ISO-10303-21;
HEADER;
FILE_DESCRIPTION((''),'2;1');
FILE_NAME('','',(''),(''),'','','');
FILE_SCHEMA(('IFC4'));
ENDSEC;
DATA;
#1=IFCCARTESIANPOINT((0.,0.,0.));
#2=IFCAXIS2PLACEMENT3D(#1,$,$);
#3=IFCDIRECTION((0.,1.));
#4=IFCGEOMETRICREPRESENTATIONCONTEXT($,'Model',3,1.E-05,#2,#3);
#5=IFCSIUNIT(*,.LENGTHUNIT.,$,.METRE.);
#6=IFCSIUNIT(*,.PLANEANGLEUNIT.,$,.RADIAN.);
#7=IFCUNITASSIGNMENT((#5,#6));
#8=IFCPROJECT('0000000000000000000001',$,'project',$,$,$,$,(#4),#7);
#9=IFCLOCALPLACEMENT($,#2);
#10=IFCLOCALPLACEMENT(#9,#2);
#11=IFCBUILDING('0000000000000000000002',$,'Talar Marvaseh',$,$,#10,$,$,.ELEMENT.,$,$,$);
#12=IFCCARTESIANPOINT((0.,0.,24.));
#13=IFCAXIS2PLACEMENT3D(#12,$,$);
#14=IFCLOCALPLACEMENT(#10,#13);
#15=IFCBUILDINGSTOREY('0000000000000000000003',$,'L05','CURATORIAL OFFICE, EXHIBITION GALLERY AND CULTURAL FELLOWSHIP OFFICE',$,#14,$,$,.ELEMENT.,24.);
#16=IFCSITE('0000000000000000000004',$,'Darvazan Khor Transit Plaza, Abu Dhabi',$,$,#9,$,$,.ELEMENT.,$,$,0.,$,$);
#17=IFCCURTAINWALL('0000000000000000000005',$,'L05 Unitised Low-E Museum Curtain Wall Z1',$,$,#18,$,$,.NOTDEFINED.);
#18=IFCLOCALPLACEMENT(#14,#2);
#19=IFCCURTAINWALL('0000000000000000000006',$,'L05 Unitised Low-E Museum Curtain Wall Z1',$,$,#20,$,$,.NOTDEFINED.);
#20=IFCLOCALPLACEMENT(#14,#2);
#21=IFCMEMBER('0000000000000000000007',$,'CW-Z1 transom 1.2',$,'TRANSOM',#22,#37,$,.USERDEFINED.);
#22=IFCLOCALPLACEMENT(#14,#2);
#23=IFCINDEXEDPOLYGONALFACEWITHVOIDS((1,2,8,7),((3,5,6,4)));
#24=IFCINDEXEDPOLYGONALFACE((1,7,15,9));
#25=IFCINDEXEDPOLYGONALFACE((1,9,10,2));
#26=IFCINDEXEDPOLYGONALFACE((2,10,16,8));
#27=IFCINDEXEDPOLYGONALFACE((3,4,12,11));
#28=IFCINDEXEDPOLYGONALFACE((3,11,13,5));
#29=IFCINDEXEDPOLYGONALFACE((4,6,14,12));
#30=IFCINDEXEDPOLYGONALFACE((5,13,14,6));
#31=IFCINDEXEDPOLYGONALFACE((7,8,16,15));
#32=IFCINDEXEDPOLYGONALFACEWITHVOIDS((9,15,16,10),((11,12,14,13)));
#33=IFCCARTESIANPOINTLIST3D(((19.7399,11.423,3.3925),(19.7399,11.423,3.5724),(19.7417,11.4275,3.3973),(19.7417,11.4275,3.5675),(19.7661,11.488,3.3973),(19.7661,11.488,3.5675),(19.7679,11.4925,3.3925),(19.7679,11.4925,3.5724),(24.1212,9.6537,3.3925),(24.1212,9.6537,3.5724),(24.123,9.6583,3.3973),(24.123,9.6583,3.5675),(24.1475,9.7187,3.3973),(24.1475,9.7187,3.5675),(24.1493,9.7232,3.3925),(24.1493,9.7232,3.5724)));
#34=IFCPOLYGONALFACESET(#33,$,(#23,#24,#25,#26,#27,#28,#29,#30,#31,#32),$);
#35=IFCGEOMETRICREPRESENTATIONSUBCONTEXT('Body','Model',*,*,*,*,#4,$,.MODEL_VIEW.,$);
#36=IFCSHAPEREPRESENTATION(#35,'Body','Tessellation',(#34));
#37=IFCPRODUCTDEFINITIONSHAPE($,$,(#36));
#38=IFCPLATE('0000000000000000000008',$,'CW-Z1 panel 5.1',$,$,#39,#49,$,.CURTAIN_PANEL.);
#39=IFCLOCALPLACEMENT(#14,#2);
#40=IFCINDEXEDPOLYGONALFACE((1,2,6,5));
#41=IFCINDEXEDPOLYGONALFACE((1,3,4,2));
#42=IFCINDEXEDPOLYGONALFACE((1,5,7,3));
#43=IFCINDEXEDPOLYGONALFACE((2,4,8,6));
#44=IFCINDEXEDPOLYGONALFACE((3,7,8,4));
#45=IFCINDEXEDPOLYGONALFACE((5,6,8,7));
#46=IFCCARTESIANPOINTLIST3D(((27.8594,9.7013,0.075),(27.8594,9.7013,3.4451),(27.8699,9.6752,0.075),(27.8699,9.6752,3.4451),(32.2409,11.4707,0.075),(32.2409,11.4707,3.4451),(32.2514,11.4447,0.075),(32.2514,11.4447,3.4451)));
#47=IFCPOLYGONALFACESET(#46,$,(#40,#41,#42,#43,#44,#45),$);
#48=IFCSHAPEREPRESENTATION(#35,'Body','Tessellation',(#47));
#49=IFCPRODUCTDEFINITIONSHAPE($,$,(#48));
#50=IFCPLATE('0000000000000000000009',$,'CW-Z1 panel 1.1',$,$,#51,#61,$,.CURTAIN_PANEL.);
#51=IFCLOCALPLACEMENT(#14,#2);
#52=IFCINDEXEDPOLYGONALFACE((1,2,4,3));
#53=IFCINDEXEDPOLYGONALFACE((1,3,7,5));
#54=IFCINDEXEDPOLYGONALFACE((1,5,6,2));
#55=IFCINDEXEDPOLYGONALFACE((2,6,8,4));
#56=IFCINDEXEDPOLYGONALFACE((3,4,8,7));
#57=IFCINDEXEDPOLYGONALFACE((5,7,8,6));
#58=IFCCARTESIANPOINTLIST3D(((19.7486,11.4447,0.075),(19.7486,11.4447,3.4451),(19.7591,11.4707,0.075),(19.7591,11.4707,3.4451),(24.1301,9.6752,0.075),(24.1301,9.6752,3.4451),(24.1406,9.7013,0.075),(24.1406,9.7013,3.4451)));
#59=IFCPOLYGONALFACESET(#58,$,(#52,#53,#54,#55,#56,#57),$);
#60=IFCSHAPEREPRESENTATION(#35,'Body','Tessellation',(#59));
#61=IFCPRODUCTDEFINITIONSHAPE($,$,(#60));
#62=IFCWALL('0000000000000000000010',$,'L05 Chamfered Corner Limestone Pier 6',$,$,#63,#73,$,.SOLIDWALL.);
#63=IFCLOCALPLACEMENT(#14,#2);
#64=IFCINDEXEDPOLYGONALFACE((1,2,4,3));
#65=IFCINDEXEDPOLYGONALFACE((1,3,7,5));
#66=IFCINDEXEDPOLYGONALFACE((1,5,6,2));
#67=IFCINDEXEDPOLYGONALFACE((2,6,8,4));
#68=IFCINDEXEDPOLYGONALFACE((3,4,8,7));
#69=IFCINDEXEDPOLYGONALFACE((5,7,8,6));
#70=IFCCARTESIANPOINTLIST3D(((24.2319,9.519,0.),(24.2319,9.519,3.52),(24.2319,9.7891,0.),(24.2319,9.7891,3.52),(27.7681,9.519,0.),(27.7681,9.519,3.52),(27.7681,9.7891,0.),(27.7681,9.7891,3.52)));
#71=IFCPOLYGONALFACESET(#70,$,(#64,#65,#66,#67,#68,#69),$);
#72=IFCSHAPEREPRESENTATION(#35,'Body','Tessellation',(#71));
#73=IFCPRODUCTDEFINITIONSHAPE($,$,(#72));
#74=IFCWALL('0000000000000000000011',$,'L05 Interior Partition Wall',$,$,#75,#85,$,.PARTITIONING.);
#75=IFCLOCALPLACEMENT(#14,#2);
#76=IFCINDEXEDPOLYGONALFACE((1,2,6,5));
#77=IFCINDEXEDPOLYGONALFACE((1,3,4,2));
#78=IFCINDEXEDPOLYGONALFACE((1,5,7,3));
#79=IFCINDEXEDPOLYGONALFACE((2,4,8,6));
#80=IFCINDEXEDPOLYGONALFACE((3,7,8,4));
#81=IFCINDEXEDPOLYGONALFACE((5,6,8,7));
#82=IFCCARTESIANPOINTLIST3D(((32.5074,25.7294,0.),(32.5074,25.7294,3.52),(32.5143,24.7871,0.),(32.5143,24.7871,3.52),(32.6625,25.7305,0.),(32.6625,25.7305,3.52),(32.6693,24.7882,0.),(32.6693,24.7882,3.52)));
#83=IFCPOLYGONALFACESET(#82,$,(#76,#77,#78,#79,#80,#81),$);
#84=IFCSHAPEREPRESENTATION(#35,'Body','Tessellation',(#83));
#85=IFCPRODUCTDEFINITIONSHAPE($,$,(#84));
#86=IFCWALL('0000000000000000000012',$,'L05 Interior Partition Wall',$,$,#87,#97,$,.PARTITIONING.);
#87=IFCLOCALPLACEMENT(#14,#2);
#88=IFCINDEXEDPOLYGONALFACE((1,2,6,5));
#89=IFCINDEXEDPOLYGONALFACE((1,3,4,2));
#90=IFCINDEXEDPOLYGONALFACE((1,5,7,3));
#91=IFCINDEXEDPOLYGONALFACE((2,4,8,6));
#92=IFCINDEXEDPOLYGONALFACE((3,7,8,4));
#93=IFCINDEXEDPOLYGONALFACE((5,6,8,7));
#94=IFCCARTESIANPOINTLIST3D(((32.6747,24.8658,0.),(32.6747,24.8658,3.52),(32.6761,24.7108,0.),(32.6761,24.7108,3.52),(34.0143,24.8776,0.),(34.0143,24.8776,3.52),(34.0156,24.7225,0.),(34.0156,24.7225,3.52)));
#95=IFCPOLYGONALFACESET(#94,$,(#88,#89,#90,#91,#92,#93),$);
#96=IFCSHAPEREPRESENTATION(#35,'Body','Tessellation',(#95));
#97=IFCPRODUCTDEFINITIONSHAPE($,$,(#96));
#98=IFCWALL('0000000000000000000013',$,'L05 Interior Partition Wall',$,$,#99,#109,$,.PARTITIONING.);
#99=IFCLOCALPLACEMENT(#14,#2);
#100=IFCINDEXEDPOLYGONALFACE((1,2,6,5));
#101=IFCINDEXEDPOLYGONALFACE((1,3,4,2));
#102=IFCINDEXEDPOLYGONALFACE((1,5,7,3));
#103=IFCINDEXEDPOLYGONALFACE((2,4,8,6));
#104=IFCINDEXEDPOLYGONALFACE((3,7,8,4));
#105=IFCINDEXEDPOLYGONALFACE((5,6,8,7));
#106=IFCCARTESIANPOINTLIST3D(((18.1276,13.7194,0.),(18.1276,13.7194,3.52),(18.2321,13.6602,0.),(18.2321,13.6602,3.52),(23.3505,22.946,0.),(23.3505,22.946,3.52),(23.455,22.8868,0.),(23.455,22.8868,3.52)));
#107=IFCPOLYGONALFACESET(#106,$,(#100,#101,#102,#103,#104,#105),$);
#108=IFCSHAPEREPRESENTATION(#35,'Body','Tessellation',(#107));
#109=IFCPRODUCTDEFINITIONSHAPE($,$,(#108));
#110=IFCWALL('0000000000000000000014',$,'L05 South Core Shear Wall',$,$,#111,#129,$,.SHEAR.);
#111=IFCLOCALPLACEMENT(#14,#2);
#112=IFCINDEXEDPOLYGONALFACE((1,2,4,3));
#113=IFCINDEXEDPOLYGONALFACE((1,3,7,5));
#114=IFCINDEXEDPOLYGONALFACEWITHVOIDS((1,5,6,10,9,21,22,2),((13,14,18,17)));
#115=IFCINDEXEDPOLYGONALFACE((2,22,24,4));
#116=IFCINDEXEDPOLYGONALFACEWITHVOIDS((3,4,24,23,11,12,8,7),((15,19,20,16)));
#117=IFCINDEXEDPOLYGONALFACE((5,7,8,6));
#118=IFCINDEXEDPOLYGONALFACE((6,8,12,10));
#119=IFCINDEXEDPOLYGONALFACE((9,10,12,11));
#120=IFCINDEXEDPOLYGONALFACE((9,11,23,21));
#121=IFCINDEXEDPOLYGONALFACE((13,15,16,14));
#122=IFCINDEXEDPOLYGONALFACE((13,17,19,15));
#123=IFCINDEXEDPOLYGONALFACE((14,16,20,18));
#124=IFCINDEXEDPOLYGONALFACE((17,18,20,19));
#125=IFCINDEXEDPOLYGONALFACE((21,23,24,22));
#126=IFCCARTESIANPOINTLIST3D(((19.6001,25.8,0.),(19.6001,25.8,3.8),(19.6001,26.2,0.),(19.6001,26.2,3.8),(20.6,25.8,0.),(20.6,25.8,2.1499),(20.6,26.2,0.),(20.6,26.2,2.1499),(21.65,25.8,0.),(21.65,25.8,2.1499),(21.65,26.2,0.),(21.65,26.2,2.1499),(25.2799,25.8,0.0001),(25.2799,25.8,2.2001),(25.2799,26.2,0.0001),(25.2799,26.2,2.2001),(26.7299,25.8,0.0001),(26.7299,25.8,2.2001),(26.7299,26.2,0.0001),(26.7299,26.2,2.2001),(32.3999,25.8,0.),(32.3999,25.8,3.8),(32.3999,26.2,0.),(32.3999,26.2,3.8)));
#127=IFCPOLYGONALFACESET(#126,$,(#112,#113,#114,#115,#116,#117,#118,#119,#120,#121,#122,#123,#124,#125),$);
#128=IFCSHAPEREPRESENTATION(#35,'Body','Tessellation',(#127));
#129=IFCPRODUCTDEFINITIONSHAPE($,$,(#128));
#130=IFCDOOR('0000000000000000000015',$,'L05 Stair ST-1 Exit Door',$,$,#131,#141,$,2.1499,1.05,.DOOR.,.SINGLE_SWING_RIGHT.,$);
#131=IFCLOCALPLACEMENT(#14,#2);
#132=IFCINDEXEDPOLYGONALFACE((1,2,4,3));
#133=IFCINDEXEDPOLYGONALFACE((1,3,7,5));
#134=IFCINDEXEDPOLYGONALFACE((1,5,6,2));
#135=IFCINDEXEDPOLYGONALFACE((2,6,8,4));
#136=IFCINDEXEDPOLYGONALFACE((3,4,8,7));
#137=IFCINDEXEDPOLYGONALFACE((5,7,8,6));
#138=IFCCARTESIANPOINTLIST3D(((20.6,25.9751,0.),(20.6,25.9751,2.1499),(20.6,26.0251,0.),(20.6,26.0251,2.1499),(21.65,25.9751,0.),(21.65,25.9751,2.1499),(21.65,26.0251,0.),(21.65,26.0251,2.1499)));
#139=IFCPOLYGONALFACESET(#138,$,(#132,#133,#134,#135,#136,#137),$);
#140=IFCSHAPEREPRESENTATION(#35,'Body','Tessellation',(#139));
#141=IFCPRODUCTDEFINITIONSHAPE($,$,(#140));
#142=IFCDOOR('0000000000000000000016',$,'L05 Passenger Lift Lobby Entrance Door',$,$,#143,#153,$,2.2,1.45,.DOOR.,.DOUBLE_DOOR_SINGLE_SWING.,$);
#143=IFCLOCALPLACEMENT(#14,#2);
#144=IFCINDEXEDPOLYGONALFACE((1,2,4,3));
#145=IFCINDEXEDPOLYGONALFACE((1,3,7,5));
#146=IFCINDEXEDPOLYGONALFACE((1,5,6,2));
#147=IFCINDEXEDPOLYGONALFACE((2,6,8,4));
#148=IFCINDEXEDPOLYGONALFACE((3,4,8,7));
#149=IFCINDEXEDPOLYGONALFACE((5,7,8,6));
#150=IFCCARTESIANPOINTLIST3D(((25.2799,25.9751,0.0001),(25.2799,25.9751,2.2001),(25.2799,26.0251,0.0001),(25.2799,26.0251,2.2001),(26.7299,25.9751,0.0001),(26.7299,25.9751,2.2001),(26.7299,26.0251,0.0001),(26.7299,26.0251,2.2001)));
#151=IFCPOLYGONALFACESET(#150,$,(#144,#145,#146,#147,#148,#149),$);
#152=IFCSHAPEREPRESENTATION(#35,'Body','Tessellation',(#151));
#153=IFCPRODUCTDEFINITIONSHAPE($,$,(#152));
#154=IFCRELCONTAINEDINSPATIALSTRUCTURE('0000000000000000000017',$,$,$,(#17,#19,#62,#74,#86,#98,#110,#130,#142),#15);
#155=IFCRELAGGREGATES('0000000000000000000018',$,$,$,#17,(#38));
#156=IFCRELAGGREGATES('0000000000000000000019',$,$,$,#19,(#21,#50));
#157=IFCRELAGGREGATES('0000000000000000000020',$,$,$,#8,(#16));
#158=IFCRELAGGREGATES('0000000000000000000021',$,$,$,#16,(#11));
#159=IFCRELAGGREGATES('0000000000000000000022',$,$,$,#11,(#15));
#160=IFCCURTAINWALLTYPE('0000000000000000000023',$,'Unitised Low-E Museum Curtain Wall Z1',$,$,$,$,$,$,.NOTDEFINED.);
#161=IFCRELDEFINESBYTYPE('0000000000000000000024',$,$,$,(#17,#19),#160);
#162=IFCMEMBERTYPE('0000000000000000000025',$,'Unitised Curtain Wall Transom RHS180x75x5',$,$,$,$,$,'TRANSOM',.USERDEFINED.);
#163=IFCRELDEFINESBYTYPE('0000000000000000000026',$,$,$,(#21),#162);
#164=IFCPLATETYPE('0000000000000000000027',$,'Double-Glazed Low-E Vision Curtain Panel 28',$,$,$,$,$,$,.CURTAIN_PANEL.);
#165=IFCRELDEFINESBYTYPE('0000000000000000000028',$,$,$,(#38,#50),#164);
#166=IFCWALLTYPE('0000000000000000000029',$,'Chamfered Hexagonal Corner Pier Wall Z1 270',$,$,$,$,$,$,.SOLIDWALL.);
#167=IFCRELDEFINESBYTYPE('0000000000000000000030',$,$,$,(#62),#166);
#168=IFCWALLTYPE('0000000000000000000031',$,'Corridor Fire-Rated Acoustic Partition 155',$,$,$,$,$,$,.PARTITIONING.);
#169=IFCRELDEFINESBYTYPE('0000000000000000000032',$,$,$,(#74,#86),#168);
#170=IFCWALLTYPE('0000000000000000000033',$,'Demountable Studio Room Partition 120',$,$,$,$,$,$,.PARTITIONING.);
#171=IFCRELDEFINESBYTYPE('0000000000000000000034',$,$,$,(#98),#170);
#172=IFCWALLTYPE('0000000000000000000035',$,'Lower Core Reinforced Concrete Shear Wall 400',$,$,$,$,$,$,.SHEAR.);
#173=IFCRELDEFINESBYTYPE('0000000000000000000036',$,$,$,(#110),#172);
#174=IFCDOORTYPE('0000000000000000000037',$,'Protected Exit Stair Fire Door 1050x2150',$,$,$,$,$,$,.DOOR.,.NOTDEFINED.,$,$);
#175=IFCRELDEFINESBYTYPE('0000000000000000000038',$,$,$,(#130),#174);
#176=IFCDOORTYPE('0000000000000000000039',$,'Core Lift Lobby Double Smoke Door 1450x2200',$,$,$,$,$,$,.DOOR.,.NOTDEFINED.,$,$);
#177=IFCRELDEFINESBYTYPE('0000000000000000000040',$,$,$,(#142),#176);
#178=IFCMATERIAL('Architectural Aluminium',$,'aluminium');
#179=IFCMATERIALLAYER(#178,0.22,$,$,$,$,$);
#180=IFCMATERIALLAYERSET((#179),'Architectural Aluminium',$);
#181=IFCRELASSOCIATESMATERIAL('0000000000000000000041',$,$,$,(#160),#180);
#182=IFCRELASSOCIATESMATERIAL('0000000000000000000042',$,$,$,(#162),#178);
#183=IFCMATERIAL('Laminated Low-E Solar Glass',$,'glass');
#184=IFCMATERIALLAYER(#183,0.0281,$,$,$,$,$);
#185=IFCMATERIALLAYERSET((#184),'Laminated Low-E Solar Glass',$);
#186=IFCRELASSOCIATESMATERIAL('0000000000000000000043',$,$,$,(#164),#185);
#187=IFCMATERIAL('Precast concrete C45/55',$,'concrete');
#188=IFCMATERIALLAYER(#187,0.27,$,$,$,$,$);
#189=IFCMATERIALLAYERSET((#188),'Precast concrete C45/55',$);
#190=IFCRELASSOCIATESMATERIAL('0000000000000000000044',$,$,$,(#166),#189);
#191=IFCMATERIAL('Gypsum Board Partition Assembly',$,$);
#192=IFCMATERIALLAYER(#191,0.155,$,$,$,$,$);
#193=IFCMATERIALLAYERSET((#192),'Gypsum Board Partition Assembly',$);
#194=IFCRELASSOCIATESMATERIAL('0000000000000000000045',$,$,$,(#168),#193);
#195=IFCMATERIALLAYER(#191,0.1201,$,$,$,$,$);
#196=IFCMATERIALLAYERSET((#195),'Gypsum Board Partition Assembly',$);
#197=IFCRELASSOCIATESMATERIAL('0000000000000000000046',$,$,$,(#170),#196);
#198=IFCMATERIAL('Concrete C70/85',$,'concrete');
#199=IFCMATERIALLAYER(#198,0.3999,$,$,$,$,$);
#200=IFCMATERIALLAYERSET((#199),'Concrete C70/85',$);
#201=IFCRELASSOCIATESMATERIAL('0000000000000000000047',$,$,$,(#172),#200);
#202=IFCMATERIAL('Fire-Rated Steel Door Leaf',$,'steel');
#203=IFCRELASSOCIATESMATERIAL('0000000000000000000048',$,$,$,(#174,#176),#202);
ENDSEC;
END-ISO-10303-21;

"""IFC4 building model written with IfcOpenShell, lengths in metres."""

from ifc_helpers import new_model, si_unit, direction, frame, frame_2d, origin, origin_2d, place, context, subcontext, project, spatial, rectangle, hollow_rectangle, extrude, source, transform, mapped, material, layer, layer_set, material_profile, profile_set, type_object, type_shapes, element, fill, aggregate, save


model = new_model("IFC4")

# Units and contexts
model_context = context("Model", 3, precision=1e-05, world=origin(), true_north=direction((0.0, 1.0)))
body_context = subcontext(model_context, "Body", "Model", "MODEL_VIEW")
ifc_project = project(units=[si_unit("LENGTHUNIT", "METRE"), si_unit("PLANEANGLEUNIT", "RADIAN")], contexts=[model_context])

# Site, building, storey
site_placement = place(None, origin())
site = spatial("IfcSite", under=ifc_project, at=site_placement, Name="Darvazan Khor Transit Plaza, Abu Dhabi", CompositionType="ELEMENT", RefElevation=0.0)
building_placement = place(site_placement, origin())
building = spatial("IfcBuilding", under=site, at=building_placement, Name="Talar Marvaseh", CompositionType="ELEMENT")
storey_placement = place(building_placement, frame((0.0, 0.0, 24.0)))
storey = spatial("IfcBuildingStorey", under=building, at=storey_placement, Name="L05", Description="CURATORIAL OFFICE, EXHIBITION GALLERY AND CULTURAL FELLOWSHIP OFFICE", CompositionType="ELEMENT", Elevation=24.0)

# Shared definitions
ifc_material_1 = material(Name="Concrete C70/85", Category="concrete")

# Curtain walls
ifc_material_2 = material(Name="Architectural Aluminium", Category="aluminium")
ifc_layer_1 = layer(ifc_material_2, 0.22)
ifc_layer_set_1 = layer_set([ifc_layer_1], Name="Architectural Aluminium")
curtain_wall_type = type_object("IfcCurtainWallType", Name="Unitised Low-E Museum Curtain Wall Z1", PredefinedType="NOTDEFINED", material=ifc_layer_set_1)
curtain_wall_1_placement = place(storey_placement, origin())
curtain_wall_1 = element("IfcCurtainWall", 1, at=curtain_wall_1_placement, inside=storey, type_object=curtain_wall_type, Name="L05 Unitised Low-E Museum Curtain Wall Z1", PredefinedType="NOTDEFINED")
curtain_wall_2_placement = place(storey_placement, origin())
curtain_wall_2 = element("IfcCurtainWall", 2, at=curtain_wall_2_placement, inside=storey, type_object=curtain_wall_type, Name="L05 Unitised Low-E Museum Curtain Wall Z1", PredefinedType="NOTDEFINED")
ifc_material_profile_1 = material_profile(ifc_material_2, hollow_rectangle(XDim=0.075, YDim=0.1799, WallThickness=0.0049, at=origin_2d()), Name="RHS180x75x5")
ifc_profile_set_1 = profile_set([ifc_material_profile_1], Name="Architectural Aluminium")
member_type_1 = type_object("IfcMemberType", Name="Unitised Curtain Wall Transom RHS180x75x5", ElementType="TRANSOM", PredefinedType="USERDEFINED", material=ifc_profile_set_1)

# Member
shared_shape_1 = source(origin(), body_context, "Body", "SweptSolid", [
    extrude(hollow_rectangle(XDim=0.075, YDim=0.1799, WallThickness=0.0049, at=origin_2d()), origin(), (0.0, 0.0, 1.0), 4.7251),
])
member_1_placement = place(storey_placement, frame((24.1353, 9.6885, 3.4824), z_axis=(-0.927249, 0.374444, 0.0), x_axis=(-0.374444, -0.927249, 0.0)))
member_1 = element("IfcMember", 3, at=member_1_placement, type_object=member_type_1, Name="CW-Z1 transom 1.2", ObjectType="TRANSOM", PredefinedType="USERDEFINED", context=body_context, shape_type="MappedRepresentation", body=[
    mapped(shared_shape_1, transform((0.0, 0.0, 0.0), x_axis=(1.0, 0.0, 0.0), y_axis=(0.0, 1.0, 0.0), z_axis=(0.0, 0.0, 1.0), scale=1.0)),
])

# Plates
ifc_material_3 = material(Name="Laminated Low-E Solar Glass", Category="glass")
ifc_layer_2 = layer(ifc_material_3, 0.0281)
ifc_layer_set_2 = layer_set([ifc_layer_2], Name="Laminated Low-E Solar Glass")
plate_type = type_object("IfcPlateType", Name="Double-Glazed Low-E Vision Curtain Panel 28", PredefinedType="CURTAIN_PANEL", material=ifc_layer_set_2)
shared_shape_2 = source(origin(), body_context, "Body", "SweptSolid", [
    extrude(rectangle(XDim=4.7253, YDim=0.0281, at=origin_2d()), origin(), (0.0, 0.0, 1.0), 3.3701),
])
type_shapes(plate_type, [shared_shape_2])
plate_1_placement = place(storey_placement, frame((30.0554, 10.573, 0.075), z_axis=(0.0, 0.0, 1.0), x_axis=(-0.927242, -0.374463, 0.0)))
plate_1 = element("IfcPlate", 4, at=plate_1_placement, type_object=plate_type, Name="CW-Z1 panel 5.1", PredefinedType="CURTAIN_PANEL", context=body_context, shape_type="MappedRepresentation", body=[
    mapped(shared_shape_2, transform((0.0, 0.0, 0.0), x_axis=(1.0, 0.0, 0.0), y_axis=(0.0, 1.0, 0.0), z_axis=(0.0, 0.0, 1.0), scale=1.0)),
])
aggregate(curtain_wall_1, [plate_1])
plate_2_placement = place(storey_placement, frame((21.9446, 10.573, 0.075), z_axis=(0.0, 0.0, 1.0), x_axis=(-0.927242, 0.374463, 0.0)))
plate_2 = element("IfcPlate", 5, at=plate_2_placement, type_object=plate_type, Name="CW-Z1 panel 1.1", PredefinedType="CURTAIN_PANEL", context=body_context, shape_type="MappedRepresentation", body=[
    mapped(shared_shape_2, transform((0.0, 0.0, 0.0), x_axis=(1.0, 0.0, 0.0), y_axis=(0.0, 1.0, 0.0), z_axis=(0.0, 0.0, 1.0), scale=1.0)),
])
aggregate(curtain_wall_2, [member_1, plate_2])

# Walls
ifc_material_4 = material(Name="Precast concrete C45/55", Category="concrete")
ifc_layer_3 = layer(ifc_material_4, 0.27)
ifc_layer_set_3 = layer_set([ifc_layer_3], Name="Precast concrete C45/55")
wall_type_1 = type_object("IfcWallType", Name="Chamfered Hexagonal Corner Pier Wall Z1 270", PredefinedType="SOLIDWALL", material=ifc_layer_set_3)
wall_1_placement = place(storey_placement, frame((27.7681, 9.6541, 0.0), z_axis=(0.0, 0.0, 1.0), x_axis=(-1.0, 0.0, 0.0)))
element("IfcWall", 6, at=wall_1_placement, inside=storey, type_object=wall_type_1, Name="L05 Chamfered Corner Limestone Pier 6", PredefinedType="SOLIDWALL", context=body_context, shape_type="SweptSolid", body=[
    extrude(rectangle(XDim=3.5361, YDim=0.27, at=frame_2d((1.7681, 0.0))), origin(), (0.0, 0.0, 1.0), 3.52),
])
ifc_material_5 = material(Name="Gypsum Board Partition Assembly")
ifc_layer_4 = layer(ifc_material_5, 0.155)
ifc_layer_set_4 = layer_set([ifc_layer_4], Name="Gypsum Board Partition Assembly")
wall_type_2 = type_object("IfcWallType", Name="Corridor Fire-Rated Acoustic Partition 155", PredefinedType="PARTITIONING", material=ifc_layer_set_4)
wall_2_placement = place(storey_placement, frame((32.585, 25.73, 0.0), z_axis=(0.0, 0.0, 1.0), x_axis=(0.007254, -0.999974, 0.0)))
element("IfcWall", 7, at=wall_2_placement, inside=storey, type_object=wall_type_2, Name="L05 Interior Partition Wall", PredefinedType="PARTITIONING", context=body_context, shape_type="SweptSolid", body=[
    extrude(rectangle(XDim=0.9424, YDim=0.155, at=frame_2d((0.4712, 0.0))), origin(), (0.0, 0.0, 1.0), 3.52),
])
wall_3_placement = place(storey_placement, frame((32.6753, 24.7883, 0.0), z_axis=(0.0, 0.0, 1.0), x_axis=(0.999962, 0.008748, 0.0)))
element("IfcWall", 8, at=wall_3_placement, inside=storey, type_object=wall_type_2, Name="L05 Interior Partition Wall", PredefinedType="PARTITIONING", context=body_context, shape_type="SweptSolid", body=[
    extrude(rectangle(XDim=1.3396, YDim=0.155, at=frame_2d((0.6699, 0.0))), origin(), (0.0, 0.0, 1.0), 3.52),
])
ifc_layer_5 = layer(ifc_material_5, 0.1201)
ifc_layer_set_5 = layer_set([ifc_layer_5], Name="Gypsum Board Partition Assembly")
wall_type_3 = type_object("IfcWallType", Name="Demountable Studio Room Partition 120", PredefinedType="PARTITIONING", material=ifc_layer_set_5)
wall_4_placement = place(storey_placement, frame((23.4028, 22.9165, 0.0), z_axis=(0.0, 0.0, 1.0), x_axis=(-0.492621, -0.870244, 0.0)))
element("IfcWall", 9, at=wall_4_placement, inside=storey, type_object=wall_type_3, Name="L05 Interior Partition Wall", PredefinedType="PARTITIONING", context=body_context, shape_type="SweptSolid", body=[
    extrude(rectangle(XDim=10.6023, YDim=0.1201, at=frame_2d((5.3013, 0.0))), origin(), (0.0, 0.0, 1.0), 3.52),
])

# Wall, openings, doors
ifc_layer_6 = layer(ifc_material_1, 0.3999)
ifc_layer_set_6 = layer_set([ifc_layer_6], Name="Concrete C70/85")
wall_type_4 = type_object("IfcWallType", Name="Lower Core Reinforced Concrete Shear Wall 400", PredefinedType="SHEAR", material=ifc_layer_set_6)
wall_5_placement = place(storey_placement, frame((32.3999, 26.0, 0.0), z_axis=(0.0, 0.0, 1.0), x_axis=(-1.0, 0.0, 0.0)))
wall_5 = element("IfcWall", 10, at=wall_5_placement, inside=storey, type_object=wall_type_4, Name="L05 South Core Shear Wall", PredefinedType="SHEAR", context=body_context, shape_type="SweptSolid", body=[
    extrude(rectangle(XDim=12.7998, YDim=0.3999, at=frame_2d((6.3999, 0.0))), origin(), (0.0, 0.0, 1.0), 3.8),
])
opening_1_placement = place(wall_5_placement, frame((10.75, 0.0, 0.0)))
opening_1 = element("IfcOpeningElement", 11, at=opening_1_placement, cuts=wall_5, PredefinedType="OPENING", context=body_context, shape_type="SweptSolid", body=[
    extrude(rectangle(XDim=1.05, YDim=2.1499, at=frame_2d((0.5249, 1.075))), frame((0.0, 0.21, 0.0), z_axis=(0.0, -1.0, 0.0), x_axis=(1.0, 0.0, 0.0)), (0.0, 0.0, 1.0), 0.4199),
])
opening_2_placement = place(wall_5_placement, frame((5.6699, 0.0, 0.0)))
opening_2 = element("IfcOpeningElement", 12, at=opening_2_placement, cuts=wall_5, PredefinedType="OPENING", context=body_context, shape_type="SweptSolid", body=[
    extrude(rectangle(XDim=1.45, YDim=2.2, at=frame_2d((0.7251, 1.1001))), frame((0.0, 0.21, 0.0), z_axis=(0.0, -1.0, 0.0), x_axis=(1.0, 0.0, 0.0)), (0.0, 0.0, 1.0), 0.4199),
])
ifc_material_6 = material(Name="Fire-Rated Steel Door Leaf", Category="steel")
door_type_1 = type_object("IfcDoorType", Name="Protected Exit Stair Fire Door 1050x2150", OperationType="NOTDEFINED", PredefinedType="DOOR", material=ifc_material_6)
shared_shape_3 = source(origin(), body_context, "Body", "SweptSolid", [
    extrude(rectangle(XDim=1.05, YDim=2.1499, at=frame_2d((0.5249, 1.075))), frame((0.0, 0.0249, 0.0), z_axis=(0.0, -1.0, 0.0), x_axis=(1.0, 0.0, 0.0)), (0.0, 0.0, 1.0), 0.05),
])
type_shapes(door_type_1, [shared_shape_3])
door_1_placement = place(opening_1_placement, origin())
door_1 = element("IfcDoor", 13, at=door_1_placement, inside=storey, type_object=door_type_1, Name="L05 Stair ST-1 Exit Door", OperationType="SINGLE_SWING_RIGHT", OverallHeight=2.1499, OverallWidth=1.05, PredefinedType="DOOR", context=body_context, shape_type="MappedRepresentation", body=[
    mapped(shared_shape_3, transform((0.0, 0.0, 0.0), x_axis=(1.0, 0.0, 0.0), y_axis=(0.0, 1.0, 0.0), z_axis=(0.0, 0.0, 1.0), scale=1.0)),
])
fill(opening_1, door_1)
door_type_2 = type_object("IfcDoorType", Name="Core Lift Lobby Double Smoke Door 1450x2200", OperationType="NOTDEFINED", PredefinedType="DOOR", material=ifc_material_6)
shared_shape_4 = source(origin(), body_context, "Body", "SweptSolid", [
    extrude(rectangle(XDim=1.45, YDim=2.2, at=frame_2d((0.7251, 1.1001))), frame((0.0, 0.0249, 0.0), z_axis=(0.0, -1.0, 0.0), x_axis=(1.0, 0.0, 0.0)), (0.0, 0.0, 1.0), 0.05),
])
type_shapes(door_type_2, [shared_shape_4])
door_2_placement = place(opening_2_placement, origin())
door_2 = element("IfcDoor", 14, at=door_2_placement, inside=storey, type_object=door_type_2, Name="L05 Passenger Lift Lobby Entrance Door", OperationType="DOUBLE_DOOR_SINGLE_SWING", OverallHeight=2.2, OverallWidth=1.45, PredefinedType="DOOR", context=body_context, shape_type="MappedRepresentation", body=[
    mapped(shared_shape_4, transform((0.0, 0.0, 0.0), x_axis=(1.0, 0.0, 0.0), y_axis=(0.0, 1.0, 0.0), z_axis=(0.0, 0.0, 1.0), scale=1.0)),
])
fill(opening_2, door_2)

save(model, "model.ifc")
